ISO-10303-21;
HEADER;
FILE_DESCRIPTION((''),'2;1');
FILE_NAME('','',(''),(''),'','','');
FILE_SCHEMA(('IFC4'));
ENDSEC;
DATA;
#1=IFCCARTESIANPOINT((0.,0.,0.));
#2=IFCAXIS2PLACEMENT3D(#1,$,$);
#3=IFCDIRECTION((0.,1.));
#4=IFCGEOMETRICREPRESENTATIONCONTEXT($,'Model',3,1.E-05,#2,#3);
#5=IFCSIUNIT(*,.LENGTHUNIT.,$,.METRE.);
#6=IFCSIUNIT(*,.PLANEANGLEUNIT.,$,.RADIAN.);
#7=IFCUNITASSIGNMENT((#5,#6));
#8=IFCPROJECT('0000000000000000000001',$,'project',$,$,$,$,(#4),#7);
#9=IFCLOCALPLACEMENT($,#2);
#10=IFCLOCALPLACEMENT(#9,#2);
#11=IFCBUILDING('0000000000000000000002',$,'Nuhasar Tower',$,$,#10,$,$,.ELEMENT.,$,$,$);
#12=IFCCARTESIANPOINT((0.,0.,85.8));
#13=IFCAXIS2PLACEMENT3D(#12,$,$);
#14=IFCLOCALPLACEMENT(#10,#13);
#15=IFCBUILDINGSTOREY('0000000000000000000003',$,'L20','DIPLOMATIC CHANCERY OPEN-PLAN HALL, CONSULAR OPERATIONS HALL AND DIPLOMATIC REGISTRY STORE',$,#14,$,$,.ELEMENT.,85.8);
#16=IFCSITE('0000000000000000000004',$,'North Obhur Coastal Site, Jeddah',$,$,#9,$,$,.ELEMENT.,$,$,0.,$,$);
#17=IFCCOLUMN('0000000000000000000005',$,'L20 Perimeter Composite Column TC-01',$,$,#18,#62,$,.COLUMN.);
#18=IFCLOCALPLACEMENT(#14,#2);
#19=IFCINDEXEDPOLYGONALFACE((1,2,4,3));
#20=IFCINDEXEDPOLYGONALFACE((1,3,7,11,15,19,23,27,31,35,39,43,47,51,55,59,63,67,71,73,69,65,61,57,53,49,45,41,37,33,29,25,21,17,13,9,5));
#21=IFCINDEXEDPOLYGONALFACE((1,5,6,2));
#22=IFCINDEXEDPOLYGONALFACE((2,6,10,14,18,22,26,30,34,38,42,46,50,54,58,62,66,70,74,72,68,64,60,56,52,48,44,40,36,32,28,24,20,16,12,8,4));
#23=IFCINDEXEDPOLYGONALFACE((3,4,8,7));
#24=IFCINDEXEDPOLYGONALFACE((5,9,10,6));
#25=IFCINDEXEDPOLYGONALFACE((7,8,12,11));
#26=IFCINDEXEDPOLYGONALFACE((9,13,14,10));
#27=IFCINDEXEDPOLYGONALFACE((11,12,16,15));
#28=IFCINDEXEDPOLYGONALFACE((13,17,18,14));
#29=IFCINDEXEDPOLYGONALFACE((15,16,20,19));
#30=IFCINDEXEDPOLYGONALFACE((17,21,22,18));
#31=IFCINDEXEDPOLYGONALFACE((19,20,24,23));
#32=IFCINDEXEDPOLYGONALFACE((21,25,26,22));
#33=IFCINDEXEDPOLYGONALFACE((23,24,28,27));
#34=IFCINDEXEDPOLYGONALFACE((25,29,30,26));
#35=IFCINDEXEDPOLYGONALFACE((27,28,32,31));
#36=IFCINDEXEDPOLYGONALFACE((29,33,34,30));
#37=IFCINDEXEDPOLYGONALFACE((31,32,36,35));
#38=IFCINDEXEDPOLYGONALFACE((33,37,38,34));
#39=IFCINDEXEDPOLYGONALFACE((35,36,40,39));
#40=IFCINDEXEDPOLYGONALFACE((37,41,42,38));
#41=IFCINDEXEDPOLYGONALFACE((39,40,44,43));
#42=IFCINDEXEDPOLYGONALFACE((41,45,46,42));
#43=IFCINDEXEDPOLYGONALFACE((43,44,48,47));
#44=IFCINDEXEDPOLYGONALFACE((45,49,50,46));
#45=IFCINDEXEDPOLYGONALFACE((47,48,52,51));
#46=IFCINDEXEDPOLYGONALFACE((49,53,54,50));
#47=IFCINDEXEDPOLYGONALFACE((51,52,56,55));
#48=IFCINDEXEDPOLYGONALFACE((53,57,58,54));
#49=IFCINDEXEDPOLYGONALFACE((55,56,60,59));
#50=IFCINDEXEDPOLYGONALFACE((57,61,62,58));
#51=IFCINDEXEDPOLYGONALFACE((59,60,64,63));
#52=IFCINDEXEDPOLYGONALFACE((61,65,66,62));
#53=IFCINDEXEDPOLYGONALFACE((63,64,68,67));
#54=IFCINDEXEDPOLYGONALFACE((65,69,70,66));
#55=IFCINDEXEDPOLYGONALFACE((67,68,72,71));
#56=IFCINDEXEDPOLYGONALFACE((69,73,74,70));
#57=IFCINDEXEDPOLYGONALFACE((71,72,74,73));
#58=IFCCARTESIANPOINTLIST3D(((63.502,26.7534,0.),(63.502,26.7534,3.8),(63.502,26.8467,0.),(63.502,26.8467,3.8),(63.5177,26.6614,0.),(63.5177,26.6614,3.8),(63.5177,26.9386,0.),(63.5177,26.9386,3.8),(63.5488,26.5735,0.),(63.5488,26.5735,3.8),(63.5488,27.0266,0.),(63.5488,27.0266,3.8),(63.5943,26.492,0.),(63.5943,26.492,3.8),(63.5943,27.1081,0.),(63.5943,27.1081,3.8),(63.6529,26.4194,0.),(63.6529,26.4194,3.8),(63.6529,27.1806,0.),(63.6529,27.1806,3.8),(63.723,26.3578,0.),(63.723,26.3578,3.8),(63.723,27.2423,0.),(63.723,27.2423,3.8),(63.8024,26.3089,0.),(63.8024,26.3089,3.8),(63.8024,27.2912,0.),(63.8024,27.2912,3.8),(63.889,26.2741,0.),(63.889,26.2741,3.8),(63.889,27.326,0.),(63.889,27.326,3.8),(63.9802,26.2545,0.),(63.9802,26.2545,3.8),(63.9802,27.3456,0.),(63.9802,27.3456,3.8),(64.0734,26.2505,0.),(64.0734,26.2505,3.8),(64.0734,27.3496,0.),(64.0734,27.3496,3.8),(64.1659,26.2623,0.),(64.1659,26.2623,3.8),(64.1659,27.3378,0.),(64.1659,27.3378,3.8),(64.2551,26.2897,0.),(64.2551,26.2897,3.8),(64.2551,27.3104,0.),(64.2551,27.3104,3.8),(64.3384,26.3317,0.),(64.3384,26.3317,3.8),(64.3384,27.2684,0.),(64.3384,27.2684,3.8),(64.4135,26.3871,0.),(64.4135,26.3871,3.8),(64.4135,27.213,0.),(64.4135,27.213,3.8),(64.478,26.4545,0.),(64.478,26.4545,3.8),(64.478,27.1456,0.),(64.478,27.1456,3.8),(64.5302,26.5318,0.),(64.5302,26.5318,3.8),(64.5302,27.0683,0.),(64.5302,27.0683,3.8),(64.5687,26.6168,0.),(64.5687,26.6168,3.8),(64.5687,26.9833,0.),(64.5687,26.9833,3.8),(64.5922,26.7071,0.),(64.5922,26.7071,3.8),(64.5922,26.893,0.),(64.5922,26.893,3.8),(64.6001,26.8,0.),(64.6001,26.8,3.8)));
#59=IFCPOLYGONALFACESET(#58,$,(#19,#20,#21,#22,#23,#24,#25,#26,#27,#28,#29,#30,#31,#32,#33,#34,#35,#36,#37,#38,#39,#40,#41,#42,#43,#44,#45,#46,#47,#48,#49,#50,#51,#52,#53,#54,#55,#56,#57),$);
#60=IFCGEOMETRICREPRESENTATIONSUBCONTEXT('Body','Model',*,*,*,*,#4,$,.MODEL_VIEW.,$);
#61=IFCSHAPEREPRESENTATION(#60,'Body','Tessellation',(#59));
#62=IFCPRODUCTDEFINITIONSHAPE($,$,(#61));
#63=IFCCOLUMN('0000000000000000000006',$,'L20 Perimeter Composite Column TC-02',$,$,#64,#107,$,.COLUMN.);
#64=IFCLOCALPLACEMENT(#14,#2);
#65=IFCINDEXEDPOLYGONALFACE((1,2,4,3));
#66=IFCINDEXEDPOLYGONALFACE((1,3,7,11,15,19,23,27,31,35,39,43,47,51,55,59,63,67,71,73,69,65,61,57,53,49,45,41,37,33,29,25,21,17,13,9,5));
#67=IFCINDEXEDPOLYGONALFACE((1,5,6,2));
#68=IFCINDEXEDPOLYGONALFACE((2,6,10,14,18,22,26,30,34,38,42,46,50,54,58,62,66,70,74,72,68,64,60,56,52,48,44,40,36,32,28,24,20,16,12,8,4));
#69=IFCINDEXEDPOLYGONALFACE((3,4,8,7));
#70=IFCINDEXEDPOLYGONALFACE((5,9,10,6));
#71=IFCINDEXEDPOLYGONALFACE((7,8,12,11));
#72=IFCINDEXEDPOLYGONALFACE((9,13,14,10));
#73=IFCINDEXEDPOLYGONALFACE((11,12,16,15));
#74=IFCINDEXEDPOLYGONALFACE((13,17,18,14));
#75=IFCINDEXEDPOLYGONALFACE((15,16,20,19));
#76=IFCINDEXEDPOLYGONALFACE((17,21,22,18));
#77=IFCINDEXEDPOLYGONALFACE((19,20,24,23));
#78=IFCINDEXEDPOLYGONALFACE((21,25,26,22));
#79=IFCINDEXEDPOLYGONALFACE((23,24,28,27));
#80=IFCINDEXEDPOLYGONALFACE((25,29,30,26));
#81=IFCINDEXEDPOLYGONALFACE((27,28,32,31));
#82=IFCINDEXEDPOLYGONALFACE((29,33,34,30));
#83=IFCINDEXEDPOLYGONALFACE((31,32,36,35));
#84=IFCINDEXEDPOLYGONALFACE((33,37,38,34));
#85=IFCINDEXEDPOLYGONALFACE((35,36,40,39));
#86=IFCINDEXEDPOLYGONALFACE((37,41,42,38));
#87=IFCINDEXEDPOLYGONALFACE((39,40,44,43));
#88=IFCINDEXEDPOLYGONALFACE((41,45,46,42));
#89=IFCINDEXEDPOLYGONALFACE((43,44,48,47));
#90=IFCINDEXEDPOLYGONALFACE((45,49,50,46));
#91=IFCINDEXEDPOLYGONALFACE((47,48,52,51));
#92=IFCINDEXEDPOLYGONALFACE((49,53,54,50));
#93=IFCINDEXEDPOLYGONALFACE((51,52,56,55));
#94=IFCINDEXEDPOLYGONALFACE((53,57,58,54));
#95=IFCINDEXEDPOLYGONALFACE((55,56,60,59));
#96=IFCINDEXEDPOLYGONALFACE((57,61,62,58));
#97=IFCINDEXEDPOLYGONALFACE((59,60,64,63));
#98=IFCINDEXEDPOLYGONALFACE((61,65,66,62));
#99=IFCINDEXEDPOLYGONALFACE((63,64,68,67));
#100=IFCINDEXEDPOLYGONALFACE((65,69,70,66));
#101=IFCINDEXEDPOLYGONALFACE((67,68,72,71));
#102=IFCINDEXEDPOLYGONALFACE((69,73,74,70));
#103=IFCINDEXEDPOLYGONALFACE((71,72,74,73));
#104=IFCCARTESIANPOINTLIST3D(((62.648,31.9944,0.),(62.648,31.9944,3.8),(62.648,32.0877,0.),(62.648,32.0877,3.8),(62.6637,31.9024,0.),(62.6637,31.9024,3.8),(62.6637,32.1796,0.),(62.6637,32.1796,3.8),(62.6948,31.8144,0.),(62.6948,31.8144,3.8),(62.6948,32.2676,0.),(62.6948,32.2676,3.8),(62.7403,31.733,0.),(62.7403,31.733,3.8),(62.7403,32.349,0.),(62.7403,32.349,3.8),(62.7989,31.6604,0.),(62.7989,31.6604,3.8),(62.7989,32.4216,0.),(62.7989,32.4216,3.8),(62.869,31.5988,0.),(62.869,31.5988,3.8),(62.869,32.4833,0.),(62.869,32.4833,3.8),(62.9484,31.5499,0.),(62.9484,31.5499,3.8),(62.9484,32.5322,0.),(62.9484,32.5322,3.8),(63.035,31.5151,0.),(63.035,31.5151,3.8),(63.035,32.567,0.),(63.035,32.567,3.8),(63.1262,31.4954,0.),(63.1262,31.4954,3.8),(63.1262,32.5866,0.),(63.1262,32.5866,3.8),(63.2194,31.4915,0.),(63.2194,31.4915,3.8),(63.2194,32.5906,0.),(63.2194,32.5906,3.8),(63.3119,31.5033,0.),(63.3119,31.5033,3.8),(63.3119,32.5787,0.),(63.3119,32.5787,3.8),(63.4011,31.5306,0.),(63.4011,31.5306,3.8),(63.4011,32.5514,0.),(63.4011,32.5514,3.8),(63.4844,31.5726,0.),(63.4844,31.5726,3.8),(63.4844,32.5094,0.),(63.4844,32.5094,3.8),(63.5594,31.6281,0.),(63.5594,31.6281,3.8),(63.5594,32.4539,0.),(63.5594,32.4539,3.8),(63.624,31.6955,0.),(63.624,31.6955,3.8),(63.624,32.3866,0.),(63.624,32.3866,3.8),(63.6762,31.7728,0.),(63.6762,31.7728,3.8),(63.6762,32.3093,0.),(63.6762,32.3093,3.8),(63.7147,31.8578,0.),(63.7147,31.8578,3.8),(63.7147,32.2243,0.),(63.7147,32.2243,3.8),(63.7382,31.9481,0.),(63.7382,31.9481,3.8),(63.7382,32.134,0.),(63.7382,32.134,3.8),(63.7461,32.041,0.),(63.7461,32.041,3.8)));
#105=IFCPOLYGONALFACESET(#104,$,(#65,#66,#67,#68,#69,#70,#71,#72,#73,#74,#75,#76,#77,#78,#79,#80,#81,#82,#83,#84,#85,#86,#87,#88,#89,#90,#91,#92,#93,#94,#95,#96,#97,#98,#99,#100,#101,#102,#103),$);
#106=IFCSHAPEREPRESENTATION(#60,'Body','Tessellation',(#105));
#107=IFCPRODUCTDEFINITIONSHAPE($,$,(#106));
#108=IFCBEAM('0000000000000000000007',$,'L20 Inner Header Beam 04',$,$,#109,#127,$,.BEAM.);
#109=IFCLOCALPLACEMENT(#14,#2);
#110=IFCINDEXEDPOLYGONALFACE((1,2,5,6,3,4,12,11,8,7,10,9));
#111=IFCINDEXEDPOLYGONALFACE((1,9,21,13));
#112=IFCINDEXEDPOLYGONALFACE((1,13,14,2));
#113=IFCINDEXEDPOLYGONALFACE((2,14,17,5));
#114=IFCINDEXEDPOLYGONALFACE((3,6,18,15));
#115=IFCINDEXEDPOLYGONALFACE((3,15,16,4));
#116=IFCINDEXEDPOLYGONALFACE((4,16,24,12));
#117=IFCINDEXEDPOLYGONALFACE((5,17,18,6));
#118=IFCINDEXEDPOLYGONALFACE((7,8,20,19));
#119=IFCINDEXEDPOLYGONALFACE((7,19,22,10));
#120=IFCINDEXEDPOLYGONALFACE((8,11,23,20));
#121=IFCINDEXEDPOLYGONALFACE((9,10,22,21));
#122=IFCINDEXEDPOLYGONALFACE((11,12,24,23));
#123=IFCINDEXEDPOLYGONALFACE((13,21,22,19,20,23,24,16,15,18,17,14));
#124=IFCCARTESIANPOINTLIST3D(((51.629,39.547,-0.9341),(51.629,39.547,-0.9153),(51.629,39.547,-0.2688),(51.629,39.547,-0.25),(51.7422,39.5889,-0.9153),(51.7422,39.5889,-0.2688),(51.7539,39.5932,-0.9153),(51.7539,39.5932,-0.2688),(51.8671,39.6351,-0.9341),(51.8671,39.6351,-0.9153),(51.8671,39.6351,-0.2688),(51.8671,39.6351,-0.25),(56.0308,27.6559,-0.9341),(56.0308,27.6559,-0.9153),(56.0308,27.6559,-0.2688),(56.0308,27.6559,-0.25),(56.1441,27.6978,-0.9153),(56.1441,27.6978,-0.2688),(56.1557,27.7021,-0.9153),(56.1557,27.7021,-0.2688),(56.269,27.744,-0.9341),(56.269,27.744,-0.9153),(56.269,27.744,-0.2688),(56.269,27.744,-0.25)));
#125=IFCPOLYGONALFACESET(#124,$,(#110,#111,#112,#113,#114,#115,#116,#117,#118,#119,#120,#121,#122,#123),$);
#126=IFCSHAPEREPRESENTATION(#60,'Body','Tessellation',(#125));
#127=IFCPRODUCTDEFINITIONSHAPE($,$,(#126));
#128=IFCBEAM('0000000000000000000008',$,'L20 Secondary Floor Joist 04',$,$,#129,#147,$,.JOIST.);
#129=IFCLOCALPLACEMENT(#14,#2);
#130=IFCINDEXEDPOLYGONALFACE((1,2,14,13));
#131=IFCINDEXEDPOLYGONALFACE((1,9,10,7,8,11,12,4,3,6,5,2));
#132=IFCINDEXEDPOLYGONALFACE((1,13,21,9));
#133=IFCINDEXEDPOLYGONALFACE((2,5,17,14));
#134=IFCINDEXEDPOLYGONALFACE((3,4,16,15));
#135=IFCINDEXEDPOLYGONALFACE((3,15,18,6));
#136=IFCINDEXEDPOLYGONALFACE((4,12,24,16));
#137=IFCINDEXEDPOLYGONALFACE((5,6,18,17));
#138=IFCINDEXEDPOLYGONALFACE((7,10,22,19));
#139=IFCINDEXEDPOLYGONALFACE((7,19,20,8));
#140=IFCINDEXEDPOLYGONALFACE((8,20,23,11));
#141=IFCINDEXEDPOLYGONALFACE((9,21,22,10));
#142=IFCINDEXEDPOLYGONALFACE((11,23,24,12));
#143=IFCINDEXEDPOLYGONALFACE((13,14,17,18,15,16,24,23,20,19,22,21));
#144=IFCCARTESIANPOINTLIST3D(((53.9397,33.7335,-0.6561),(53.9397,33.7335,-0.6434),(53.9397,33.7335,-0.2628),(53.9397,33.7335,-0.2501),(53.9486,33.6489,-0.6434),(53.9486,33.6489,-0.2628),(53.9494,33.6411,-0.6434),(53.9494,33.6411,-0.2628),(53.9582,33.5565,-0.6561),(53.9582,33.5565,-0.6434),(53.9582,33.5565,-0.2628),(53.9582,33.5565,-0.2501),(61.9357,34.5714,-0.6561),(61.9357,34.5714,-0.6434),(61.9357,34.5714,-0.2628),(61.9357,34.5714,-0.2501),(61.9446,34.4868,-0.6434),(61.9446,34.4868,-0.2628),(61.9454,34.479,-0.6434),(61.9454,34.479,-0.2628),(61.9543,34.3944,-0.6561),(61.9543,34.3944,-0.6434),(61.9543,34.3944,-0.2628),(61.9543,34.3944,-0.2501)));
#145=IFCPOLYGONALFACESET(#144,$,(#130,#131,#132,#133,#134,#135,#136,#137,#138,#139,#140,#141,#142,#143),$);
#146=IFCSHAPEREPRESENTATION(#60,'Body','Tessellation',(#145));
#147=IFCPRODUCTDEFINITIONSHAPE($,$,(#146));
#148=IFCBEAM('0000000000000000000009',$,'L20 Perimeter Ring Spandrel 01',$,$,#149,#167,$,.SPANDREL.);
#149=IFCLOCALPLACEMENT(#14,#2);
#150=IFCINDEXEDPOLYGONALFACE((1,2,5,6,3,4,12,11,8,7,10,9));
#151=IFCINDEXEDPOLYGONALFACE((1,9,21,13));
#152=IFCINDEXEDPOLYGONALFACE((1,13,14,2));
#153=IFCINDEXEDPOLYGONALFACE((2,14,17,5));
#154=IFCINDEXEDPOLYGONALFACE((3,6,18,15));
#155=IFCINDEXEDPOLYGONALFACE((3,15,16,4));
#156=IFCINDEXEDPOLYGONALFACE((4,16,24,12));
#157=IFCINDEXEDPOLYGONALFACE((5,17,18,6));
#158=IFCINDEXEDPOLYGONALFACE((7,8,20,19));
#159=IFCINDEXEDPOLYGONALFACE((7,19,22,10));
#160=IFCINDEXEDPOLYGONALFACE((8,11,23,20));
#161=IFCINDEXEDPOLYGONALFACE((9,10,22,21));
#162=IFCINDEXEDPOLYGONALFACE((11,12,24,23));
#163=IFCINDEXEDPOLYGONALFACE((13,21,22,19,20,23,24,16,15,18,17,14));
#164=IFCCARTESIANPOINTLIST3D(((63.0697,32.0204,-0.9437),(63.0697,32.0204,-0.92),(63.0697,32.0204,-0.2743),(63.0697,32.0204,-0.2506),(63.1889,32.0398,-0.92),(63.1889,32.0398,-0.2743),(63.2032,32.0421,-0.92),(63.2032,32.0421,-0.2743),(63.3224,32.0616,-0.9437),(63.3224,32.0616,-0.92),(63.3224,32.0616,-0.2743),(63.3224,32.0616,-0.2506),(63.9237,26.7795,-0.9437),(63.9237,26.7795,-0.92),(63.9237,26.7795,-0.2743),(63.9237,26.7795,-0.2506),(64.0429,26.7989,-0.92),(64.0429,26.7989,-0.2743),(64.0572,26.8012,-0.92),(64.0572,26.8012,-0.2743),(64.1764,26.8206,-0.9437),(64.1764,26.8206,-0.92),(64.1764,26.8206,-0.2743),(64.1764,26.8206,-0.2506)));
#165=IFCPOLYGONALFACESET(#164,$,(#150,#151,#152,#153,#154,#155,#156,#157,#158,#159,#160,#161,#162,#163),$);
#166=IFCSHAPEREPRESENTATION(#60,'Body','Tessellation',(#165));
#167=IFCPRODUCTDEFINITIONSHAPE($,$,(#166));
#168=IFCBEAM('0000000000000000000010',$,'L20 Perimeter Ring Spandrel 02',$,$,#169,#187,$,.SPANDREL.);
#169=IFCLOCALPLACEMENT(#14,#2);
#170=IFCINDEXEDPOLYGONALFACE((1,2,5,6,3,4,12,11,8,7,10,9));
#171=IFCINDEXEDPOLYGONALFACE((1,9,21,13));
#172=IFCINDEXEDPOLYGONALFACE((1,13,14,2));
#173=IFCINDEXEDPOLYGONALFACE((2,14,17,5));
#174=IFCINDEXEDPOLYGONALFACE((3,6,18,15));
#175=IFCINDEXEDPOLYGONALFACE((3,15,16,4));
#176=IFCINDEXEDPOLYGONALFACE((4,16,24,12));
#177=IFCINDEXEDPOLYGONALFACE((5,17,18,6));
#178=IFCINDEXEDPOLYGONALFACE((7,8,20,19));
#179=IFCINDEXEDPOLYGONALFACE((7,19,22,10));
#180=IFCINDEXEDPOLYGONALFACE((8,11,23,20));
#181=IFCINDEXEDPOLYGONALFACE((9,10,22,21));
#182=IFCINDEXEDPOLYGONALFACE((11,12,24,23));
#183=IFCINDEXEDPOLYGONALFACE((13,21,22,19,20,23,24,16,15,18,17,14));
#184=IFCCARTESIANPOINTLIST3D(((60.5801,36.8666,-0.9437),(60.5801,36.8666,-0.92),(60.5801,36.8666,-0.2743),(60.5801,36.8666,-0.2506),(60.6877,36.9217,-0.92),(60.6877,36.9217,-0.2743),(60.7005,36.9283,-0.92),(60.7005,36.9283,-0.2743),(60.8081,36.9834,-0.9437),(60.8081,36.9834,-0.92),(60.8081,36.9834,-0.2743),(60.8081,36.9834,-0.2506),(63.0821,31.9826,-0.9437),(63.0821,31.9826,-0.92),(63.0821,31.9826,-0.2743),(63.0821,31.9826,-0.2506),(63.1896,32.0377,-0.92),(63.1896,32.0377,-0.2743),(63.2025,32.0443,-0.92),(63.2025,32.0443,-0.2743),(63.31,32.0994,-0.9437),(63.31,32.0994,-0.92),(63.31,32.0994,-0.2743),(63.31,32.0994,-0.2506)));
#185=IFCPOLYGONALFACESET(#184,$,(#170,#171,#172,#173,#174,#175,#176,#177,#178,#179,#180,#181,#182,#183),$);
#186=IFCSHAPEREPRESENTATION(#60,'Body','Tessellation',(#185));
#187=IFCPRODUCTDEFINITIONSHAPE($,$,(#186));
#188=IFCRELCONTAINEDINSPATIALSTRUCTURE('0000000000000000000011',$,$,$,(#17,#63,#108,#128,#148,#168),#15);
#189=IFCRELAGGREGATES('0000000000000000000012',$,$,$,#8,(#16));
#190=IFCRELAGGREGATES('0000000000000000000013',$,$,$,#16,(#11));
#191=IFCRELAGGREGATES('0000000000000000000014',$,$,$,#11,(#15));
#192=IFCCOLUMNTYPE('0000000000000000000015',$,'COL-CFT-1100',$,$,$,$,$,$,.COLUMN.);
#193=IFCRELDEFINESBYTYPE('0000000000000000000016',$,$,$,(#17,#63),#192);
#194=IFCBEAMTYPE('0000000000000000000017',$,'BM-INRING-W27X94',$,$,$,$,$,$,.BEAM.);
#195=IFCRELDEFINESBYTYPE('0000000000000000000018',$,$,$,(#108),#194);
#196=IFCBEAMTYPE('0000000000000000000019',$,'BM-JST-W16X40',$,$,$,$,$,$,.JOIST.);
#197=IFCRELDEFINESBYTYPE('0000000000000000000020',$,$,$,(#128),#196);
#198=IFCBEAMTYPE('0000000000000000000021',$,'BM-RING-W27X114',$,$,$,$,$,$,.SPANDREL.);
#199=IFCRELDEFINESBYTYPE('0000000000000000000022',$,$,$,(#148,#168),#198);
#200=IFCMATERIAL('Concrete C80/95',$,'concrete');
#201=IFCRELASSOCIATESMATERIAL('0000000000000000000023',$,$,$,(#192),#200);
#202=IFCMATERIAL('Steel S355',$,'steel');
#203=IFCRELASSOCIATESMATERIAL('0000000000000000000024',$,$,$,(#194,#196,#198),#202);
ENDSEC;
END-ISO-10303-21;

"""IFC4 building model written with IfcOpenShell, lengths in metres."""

from ifc_helpers import new_model, si_unit, direction, frame, origin, origin_2d, place, context, subcontext, project, spatial, circle, i_section, extrude, material, material_profile, profile_set, type_object, element, save


model = new_model("IFC4")

# Units and contexts
model_context = context("Model", 3, precision=1e-05, world=origin(), true_north=direction((0.0, 1.0)))
body_context = subcontext(model_context, "Body", "Model", "MODEL_VIEW")
ifc_project = project(units=[si_unit("LENGTHUNIT", "METRE"), si_unit("PLANEANGLEUNIT", "RADIAN")], contexts=[model_context])

# Site, building, storey
site_placement = place(None, origin())
site = spatial("IfcSite", under=ifc_project, at=site_placement, Name="North Obhur Coastal Site, Jeddah", CompositionType="ELEMENT", RefElevation=0.0)
building_placement = place(site_placement, origin())
building = spatial("IfcBuilding", under=site, at=building_placement, Name="Nuhasar Tower", CompositionType="ELEMENT")
storey_placement = place(building_placement, frame((0.0, 0.0, 85.8)))
storey = spatial("IfcBuildingStorey", under=building, at=storey_placement, Name="L20", Description="DIPLOMATIC CHANCERY OPEN-PLAN HALL, CONSULAR OPERATIONS HALL AND DIPLOMATIC REGISTRY STORE", CompositionType="ELEMENT", Elevation=85.8)

# Columns
ifc_material_1 = material(Name="Concrete C80/95", Category="concrete")
ifc_material_profile_1 = material_profile(ifc_material_1, circle(Radius=0.55, at=origin_2d()), Name="CFT1100")
ifc_profile_set_1 = profile_set([ifc_material_profile_1], Name="Concrete C80/95")
column_type = type_object("IfcColumnType", Name="COL-CFT-1100", PredefinedType="COLUMN", material=ifc_profile_set_1)
for number, where, z_axis, x_axis, name in (
    (1, (64.05, 26.8, 0.0), (0.0, 0.0, 1.0), (1.0, 0.0, 0.0), "L20 Perimeter Composite Column TC-01"),
    (2, (63.196, 32.041, 0.0), (0.0, 0.0, 1.0), (1.0, 0.0, 0.0), "L20 Perimeter Composite Column TC-02"),
):
    element("IfcColumn", number, at=place(storey_placement, frame(where, z_axis=z_axis, x_axis=x_axis)), inside=storey, type_object=column_type, Name=name, PredefinedType="COLUMN", context=body_context, shape_type="SweptSolid", body=[
        extrude(circle(Radius=0.55, at=origin_2d()), origin(), (0.0, 0.0, 1.0), 3.8),
    ])

# Beams
ifc_material_2 = material(Name="Steel S355", Category="steel")
ifc_material_profile_2 = material_profile(ifc_material_2, i_section(OverallWidth=0.2539, OverallDepth=0.6841, WebThickness=0.0125, FlangeThickness=0.0188, at=origin_2d()), Name="W27X94")
ifc_profile_set_2 = profile_set([ifc_material_profile_2], Name="Steel S355")
beam_type_1 = type_object("IfcBeamType", Name="BM-INRING-W27X94", PredefinedType="BEAM", material=ifc_profile_set_2)
beam_1_placement = place(storey_placement, frame((56.1499, 27.7, -0.592), z_axis=(-0.347158, 0.937807, 0.0), x_axis=(-0.937807, -0.347158, 0.0)))
element("IfcBeam", 3, at=beam_1_placement, inside=storey, type_object=beam_type_1, Name="L20 Inner Header Beam 04", PredefinedType="BEAM", context=body_context, shape_type="SweptSolid", body=[
    extrude(i_section(OverallWidth=0.2539, OverallDepth=0.6841, WebThickness=0.0125, FlangeThickness=0.0188, at=origin_2d()), origin(), (0.0, 0.0, 1.0), 12.6797),
])
ifc_material_profile_3 = material_profile(ifc_material_2, i_section(OverallWidth=0.178, OverallDepth=0.406, WebThickness=0.0078, FlangeThickness=0.0127, at=origin_2d()), Name="W16X40")
ifc_profile_set_3 = profile_set([ifc_material_profile_3], Name="Steel S355")
beam_type_2 = type_object("IfcBeamType", Name="BM-JST-W16X40", PredefinedType="JOIST", material=ifc_profile_set_3)
beam_2_placement = place(storey_placement, frame((53.949, 33.645, -0.4531), z_axis=(0.994555, 0.104217, 0.0), x_axis=(-0.104217, 0.994555, 0.0)))
element("IfcBeam", 4, at=beam_2_placement, inside=storey, type_object=beam_type_2, Name="L20 Secondary Floor Joist 04", PredefinedType="JOIST", context=body_context, shape_type="SweptSolid", body=[
    extrude(i_section(OverallWidth=0.178, OverallDepth=0.406, WebThickness=0.0078, FlangeThickness=0.0127, at=origin_2d()), origin(), (0.0, 0.0, 1.0), 8.0398),
])
ifc_material_profile_4 = material_profile(ifc_material_2, i_section(OverallWidth=0.2561, OverallDepth=0.6931, WebThickness=0.0144, FlangeThickness=0.0237, at=origin_2d()), Name="W27X114")
ifc_profile_set_4 = profile_set([ifc_material_profile_4], Name="Steel S355")
beam_type_3 = type_object("IfcBeamType", Name="BM-RING-W27X114", PredefinedType="SPANDREL", material=ifc_profile_set_4)
beam_3_placement = place(storey_placement, frame((64.05, 26.8, -0.5972), z_axis=(-0.160827, 0.986983, 0.0), x_axis=(-0.986983, -0.160827, 0.0)))
element("IfcBeam", 5, at=beam_3_placement, inside=storey, type_object=beam_type_3, Name="L20 Perimeter Ring Spandrel 01", PredefinedType="SPANDREL", context=body_context, shape_type="SweptSolid", body=[
    extrude(i_section(OverallWidth=0.2561, OverallDepth=0.6931, WebThickness=0.0144, FlangeThickness=0.0237, at=origin_2d()), origin(), (0.0, 0.0, 1.0), 5.3101),
])
beam_4_placement = place(storey_placement, frame((63.196, 32.041, -0.5972), z_axis=(-0.45593, 0.890016, 0.0), x_axis=(-0.890016, -0.45593, 0.0)))
element("IfcBeam", 6, at=beam_4_placement, inside=storey, type_object=beam_type_3, Name="L20 Perimeter Ring Spandrel 02", PredefinedType="SPANDREL", context=body_context, shape_type="SweptSolid", body=[
    extrude(i_section(OverallWidth=0.2561, OverallDepth=0.6931, WebThickness=0.0144, FlangeThickness=0.0237, at=origin_2d()), origin(), (0.0, 0.0, 1.0), 5.4875),
])

save(model, "model.ifc")
